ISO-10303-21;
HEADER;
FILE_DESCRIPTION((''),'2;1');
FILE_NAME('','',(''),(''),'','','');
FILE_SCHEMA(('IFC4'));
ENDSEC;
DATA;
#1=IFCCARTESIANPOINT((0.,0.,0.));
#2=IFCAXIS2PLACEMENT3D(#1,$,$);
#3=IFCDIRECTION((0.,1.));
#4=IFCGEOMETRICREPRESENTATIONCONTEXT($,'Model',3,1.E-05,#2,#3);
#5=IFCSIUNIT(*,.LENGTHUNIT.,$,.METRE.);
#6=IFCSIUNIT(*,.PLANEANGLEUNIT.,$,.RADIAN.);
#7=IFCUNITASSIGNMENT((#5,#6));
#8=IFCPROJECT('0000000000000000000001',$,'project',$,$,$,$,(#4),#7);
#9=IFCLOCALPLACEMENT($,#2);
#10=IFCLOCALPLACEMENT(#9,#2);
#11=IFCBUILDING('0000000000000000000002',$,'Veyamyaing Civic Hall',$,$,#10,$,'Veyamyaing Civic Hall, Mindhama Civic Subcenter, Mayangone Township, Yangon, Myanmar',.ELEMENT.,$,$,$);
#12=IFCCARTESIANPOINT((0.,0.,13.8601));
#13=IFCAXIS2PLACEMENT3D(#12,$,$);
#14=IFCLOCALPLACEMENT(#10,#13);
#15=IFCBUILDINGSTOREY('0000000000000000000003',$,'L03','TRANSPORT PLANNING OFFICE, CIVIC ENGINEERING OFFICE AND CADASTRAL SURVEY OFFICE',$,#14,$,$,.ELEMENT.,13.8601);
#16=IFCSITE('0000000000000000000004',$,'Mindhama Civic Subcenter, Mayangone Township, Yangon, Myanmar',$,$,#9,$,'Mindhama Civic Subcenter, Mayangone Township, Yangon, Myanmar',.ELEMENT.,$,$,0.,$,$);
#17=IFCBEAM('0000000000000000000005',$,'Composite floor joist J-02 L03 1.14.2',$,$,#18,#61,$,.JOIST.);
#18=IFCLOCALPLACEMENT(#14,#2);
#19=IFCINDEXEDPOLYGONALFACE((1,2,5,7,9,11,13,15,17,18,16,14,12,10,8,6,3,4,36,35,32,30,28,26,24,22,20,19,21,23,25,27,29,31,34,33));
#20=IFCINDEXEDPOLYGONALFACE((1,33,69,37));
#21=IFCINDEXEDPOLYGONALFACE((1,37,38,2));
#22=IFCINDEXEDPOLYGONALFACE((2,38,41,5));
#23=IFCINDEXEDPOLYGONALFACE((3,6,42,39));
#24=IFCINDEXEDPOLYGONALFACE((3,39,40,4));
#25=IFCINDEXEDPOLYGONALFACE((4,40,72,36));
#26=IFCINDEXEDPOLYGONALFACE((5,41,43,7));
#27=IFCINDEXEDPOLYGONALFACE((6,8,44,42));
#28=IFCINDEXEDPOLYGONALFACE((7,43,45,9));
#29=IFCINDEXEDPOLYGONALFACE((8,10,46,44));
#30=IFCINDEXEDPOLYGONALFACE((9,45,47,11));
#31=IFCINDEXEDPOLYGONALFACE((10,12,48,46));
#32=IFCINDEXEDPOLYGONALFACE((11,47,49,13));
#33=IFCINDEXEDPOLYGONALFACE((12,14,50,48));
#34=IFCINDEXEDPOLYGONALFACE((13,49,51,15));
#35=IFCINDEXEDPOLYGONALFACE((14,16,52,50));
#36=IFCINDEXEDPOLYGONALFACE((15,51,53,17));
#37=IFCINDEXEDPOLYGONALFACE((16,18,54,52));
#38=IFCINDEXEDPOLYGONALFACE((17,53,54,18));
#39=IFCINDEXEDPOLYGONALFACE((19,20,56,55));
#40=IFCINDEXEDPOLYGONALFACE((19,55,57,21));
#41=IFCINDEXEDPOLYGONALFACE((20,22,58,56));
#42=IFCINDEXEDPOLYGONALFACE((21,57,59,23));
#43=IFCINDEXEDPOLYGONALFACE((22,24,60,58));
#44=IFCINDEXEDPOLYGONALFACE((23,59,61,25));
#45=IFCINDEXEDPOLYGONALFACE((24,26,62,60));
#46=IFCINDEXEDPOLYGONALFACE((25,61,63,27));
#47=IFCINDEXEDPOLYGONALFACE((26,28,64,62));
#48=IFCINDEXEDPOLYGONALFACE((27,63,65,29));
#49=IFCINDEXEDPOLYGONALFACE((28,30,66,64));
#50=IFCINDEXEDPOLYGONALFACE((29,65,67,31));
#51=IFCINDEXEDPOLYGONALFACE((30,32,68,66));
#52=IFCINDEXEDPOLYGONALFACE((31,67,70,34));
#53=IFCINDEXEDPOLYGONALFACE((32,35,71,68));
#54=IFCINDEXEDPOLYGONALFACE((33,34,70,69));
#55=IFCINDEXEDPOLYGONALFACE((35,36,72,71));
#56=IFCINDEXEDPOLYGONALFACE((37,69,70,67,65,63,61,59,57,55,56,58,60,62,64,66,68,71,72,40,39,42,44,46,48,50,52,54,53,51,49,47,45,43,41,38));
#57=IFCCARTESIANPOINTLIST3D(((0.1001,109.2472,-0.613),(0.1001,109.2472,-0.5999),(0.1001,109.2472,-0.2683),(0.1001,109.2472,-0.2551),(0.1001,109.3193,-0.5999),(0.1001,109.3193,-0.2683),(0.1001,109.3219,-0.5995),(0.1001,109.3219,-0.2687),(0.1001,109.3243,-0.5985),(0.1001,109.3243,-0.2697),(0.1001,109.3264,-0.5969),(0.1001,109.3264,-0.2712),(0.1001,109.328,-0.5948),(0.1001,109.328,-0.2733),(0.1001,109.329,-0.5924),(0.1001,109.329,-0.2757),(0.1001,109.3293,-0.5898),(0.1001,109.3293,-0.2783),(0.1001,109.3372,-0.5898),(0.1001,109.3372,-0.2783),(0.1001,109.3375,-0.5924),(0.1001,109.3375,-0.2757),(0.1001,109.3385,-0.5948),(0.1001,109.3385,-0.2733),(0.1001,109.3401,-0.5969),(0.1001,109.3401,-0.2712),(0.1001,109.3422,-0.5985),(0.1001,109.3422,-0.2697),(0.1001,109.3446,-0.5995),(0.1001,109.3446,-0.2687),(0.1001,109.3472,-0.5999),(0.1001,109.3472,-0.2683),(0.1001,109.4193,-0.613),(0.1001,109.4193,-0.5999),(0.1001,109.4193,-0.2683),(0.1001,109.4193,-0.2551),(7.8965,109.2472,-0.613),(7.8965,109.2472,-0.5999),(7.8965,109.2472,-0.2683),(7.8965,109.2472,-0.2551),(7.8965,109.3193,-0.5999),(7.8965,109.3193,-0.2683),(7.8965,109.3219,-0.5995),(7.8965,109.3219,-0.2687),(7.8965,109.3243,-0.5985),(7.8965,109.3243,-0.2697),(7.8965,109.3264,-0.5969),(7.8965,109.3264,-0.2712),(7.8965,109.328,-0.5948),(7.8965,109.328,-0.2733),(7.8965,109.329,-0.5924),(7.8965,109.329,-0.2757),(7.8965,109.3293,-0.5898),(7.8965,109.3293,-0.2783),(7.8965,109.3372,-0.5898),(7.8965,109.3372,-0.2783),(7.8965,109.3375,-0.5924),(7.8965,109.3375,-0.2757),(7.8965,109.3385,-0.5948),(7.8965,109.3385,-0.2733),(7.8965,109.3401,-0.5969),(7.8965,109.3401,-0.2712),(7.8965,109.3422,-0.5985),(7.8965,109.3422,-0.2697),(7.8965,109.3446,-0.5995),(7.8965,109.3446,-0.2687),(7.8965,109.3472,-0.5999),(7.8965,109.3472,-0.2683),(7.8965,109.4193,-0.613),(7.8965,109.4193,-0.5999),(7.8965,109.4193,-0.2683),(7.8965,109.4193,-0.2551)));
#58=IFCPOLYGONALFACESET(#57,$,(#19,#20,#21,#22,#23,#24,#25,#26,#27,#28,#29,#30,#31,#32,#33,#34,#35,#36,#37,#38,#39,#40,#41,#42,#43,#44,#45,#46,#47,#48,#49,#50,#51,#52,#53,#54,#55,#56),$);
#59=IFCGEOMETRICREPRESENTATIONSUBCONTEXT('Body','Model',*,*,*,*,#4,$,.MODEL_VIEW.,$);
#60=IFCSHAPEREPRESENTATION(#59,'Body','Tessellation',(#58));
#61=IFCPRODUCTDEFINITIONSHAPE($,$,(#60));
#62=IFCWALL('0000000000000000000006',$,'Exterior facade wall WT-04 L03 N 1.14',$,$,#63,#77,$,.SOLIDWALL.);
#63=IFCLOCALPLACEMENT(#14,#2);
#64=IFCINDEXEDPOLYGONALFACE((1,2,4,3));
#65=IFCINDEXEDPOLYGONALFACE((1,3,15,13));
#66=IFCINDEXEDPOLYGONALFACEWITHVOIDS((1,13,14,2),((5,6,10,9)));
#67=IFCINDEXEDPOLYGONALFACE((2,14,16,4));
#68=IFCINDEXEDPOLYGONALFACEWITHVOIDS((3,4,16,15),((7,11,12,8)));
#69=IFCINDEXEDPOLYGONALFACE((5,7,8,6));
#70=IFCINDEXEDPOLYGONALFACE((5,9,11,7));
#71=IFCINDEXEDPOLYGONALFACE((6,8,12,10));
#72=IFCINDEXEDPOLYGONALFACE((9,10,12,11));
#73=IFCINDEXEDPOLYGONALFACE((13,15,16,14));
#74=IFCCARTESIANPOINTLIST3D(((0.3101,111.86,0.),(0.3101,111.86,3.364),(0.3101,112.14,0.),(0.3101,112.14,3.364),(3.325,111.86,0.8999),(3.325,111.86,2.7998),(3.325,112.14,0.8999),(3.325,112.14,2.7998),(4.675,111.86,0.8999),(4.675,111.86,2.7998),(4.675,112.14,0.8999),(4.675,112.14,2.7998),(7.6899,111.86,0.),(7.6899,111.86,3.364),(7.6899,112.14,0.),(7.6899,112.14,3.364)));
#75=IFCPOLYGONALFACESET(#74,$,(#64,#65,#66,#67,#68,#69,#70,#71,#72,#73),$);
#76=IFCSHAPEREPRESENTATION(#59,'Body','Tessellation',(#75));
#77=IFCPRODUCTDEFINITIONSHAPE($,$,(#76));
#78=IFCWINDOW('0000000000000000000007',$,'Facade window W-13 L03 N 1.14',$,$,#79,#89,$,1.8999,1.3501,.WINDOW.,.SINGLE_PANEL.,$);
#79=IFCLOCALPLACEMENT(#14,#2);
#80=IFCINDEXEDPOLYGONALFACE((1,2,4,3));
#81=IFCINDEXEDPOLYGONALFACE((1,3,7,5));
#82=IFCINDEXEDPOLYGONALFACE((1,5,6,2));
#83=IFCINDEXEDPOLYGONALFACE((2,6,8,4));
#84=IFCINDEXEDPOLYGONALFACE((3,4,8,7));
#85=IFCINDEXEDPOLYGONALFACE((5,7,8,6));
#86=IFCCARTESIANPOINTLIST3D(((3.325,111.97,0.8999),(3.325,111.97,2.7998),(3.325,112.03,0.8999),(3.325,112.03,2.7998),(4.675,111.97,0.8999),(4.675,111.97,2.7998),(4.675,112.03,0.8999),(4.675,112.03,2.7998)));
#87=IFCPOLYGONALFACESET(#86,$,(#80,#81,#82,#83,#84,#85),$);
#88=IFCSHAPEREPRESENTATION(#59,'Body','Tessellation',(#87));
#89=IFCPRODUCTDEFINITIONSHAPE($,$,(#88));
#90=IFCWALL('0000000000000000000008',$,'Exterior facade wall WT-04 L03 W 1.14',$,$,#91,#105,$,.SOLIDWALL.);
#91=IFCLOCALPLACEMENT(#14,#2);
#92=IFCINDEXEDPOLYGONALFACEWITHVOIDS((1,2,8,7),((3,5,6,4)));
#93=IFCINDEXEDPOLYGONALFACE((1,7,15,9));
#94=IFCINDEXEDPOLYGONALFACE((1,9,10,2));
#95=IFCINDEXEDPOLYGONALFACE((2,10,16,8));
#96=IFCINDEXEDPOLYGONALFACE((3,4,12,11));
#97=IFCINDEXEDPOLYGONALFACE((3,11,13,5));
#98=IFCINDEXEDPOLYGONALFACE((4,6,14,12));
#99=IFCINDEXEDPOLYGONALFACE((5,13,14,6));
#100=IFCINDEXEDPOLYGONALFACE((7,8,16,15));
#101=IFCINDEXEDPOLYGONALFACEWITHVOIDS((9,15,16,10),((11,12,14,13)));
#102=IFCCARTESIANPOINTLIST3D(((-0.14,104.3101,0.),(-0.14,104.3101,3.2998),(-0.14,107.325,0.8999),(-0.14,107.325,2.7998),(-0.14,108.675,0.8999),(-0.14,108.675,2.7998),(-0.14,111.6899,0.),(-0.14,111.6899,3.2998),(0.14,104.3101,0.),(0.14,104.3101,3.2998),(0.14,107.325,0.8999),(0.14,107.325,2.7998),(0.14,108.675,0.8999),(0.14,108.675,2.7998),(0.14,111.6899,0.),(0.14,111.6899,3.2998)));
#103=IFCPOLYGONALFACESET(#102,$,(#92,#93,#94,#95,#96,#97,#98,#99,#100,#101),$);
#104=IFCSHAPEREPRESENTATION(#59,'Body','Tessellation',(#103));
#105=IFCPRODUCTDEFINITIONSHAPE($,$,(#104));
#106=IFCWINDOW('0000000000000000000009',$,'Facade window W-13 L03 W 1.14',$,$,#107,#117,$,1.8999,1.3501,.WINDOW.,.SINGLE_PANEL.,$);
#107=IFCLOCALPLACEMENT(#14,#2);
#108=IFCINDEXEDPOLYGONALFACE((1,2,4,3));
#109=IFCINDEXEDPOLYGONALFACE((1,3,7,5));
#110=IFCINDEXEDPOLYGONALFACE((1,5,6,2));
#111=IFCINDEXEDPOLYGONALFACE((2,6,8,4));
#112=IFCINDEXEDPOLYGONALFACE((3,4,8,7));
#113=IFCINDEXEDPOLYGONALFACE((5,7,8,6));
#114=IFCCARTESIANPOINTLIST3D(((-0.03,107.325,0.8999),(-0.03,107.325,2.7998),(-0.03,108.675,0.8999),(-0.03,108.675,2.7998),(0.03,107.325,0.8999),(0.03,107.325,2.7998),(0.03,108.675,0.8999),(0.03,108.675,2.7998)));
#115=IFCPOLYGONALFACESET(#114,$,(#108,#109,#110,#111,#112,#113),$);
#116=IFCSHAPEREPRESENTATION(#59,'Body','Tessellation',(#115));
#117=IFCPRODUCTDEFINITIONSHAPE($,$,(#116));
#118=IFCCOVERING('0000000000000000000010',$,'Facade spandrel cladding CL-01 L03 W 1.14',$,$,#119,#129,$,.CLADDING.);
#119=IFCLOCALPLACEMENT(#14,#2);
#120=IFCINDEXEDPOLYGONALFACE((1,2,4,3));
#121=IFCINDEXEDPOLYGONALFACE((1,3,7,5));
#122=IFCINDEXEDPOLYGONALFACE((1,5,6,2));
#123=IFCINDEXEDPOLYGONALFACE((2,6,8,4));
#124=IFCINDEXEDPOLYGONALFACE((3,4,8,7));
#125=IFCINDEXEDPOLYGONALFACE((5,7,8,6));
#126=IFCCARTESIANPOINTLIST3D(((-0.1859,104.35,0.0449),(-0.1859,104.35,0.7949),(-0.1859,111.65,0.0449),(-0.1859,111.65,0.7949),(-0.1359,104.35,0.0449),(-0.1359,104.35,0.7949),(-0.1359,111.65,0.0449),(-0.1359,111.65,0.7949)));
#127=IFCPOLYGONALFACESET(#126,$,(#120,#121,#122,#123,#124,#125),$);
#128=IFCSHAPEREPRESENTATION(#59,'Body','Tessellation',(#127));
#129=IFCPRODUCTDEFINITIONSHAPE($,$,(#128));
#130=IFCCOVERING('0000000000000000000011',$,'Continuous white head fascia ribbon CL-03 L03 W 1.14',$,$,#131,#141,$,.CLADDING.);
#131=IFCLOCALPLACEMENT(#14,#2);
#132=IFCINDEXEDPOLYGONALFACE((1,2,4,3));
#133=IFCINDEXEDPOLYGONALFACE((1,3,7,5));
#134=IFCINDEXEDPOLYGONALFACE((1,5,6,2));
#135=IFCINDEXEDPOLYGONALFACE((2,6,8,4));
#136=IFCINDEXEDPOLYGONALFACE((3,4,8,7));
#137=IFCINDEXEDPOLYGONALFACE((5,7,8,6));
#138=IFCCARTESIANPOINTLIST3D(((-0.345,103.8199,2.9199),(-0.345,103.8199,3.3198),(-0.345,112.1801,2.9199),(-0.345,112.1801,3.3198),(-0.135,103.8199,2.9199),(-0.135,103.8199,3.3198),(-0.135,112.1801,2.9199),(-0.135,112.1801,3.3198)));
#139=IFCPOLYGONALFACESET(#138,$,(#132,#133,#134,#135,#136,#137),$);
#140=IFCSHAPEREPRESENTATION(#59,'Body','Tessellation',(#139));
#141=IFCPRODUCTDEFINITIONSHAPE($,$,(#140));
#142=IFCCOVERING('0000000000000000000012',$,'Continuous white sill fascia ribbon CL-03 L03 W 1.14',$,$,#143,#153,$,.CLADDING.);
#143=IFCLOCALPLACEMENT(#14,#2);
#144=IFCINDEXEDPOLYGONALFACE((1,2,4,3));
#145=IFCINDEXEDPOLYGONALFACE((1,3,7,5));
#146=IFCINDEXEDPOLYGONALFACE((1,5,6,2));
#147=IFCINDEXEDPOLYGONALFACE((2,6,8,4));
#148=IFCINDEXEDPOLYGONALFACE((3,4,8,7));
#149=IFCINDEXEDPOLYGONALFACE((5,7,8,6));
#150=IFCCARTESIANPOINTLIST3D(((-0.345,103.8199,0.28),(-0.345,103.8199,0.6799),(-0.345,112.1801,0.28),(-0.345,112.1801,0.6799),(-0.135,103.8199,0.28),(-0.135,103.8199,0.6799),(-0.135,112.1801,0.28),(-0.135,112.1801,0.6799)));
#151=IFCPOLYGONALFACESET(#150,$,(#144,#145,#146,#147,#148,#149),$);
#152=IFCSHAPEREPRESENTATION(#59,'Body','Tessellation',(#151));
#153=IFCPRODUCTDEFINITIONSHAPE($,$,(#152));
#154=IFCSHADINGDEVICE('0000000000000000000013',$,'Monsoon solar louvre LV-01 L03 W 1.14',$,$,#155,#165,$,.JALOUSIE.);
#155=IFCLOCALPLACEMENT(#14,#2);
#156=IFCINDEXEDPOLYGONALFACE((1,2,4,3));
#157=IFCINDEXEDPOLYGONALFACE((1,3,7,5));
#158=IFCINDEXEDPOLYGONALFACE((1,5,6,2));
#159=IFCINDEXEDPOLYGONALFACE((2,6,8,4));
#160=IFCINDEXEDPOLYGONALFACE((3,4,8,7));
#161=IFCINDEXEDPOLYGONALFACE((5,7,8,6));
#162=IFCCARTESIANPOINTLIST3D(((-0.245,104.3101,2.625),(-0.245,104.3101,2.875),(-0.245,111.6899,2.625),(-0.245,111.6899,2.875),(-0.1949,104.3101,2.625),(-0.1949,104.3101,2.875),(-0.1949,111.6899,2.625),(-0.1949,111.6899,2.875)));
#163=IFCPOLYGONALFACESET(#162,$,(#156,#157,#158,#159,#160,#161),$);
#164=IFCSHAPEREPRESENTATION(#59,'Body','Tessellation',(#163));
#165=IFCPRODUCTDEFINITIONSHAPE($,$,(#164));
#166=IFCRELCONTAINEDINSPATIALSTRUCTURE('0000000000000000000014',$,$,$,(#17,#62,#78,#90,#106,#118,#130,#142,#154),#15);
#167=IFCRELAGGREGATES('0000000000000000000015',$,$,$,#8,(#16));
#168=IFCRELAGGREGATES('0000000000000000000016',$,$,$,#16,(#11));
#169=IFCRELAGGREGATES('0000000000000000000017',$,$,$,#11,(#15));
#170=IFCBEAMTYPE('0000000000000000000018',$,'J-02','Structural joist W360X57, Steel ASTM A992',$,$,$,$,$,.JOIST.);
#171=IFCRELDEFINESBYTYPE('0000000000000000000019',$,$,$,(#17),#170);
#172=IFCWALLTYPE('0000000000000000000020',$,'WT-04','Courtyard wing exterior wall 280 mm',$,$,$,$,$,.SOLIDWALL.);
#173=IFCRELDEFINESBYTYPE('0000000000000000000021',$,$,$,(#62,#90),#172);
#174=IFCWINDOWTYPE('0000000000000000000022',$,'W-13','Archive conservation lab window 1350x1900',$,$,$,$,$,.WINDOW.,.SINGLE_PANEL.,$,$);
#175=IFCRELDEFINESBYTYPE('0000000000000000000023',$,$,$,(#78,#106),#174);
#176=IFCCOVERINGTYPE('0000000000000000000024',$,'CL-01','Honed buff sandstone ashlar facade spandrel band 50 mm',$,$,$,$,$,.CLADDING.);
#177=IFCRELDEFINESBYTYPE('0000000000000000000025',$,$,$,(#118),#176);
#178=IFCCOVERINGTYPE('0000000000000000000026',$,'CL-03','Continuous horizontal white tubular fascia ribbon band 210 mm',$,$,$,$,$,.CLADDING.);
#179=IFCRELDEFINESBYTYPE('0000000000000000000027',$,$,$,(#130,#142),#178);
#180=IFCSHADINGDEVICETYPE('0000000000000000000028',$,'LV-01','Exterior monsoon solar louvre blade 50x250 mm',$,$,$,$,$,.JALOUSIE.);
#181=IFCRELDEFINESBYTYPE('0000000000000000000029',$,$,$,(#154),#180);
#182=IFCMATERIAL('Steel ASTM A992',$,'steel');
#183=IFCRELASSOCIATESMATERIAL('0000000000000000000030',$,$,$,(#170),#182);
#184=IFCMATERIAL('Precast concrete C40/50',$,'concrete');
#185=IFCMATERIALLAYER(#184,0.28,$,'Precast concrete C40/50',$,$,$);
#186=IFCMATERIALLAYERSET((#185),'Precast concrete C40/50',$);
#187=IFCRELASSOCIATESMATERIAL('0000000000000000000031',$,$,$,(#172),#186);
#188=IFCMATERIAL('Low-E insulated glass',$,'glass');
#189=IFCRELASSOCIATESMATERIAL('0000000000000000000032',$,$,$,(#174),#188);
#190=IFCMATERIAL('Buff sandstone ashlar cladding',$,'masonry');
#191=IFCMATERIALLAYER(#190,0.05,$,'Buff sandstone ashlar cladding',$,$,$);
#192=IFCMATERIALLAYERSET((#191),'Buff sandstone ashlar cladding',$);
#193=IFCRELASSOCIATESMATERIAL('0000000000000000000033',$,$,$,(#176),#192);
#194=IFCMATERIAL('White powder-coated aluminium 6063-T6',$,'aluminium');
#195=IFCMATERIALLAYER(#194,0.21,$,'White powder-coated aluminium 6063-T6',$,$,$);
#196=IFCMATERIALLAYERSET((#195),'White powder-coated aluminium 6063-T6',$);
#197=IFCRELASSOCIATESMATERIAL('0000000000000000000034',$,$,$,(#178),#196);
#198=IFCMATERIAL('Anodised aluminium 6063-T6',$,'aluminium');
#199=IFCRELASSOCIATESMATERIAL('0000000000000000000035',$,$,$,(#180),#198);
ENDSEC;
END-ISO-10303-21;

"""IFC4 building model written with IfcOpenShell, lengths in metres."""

from ifc_helpers import new_model, si_unit, direction, frame, frame_2d, origin, origin_2d, place, context, subcontext, project, spatial, rectangle, i_section, extrude, material, layer, layer_set, material_profile, profile_set, type_object, element, fill, save


model = new_model("IFC4")

# Units and contexts
model_context = context("Model", 3, precision=1e-05, world=origin(), true_north=direction((0.0, 1.0)))
body_context = subcontext(model_context, "Body", "Model", "MODEL_VIEW")
ifc_project = project(units=[si_unit("LENGTHUNIT", "METRE"), si_unit("PLANEANGLEUNIT", "RADIAN")], contexts=[model_context])

# Site, building, storey
site_placement = place(None, origin())
site = spatial("IfcSite", under=ifc_project, at=site_placement, Name="Mindhama Civic Subcenter, Mayangone Township, Yangon, Myanmar", LongName="Mindhama Civic Subcenter, Mayangone Township, Yangon, Myanmar", CompositionType="ELEMENT", RefElevation=0.0)
building_placement = place(site_placement, origin())
building = spatial("IfcBuilding", under=site, at=building_placement, Name="Veyamyaing Civic Hall", LongName="Veyamyaing Civic Hall, Mindhama Civic Subcenter, Mayangone Township, Yangon, Myanmar", CompositionType="ELEMENT")
storey_placement = place(building_placement, frame((0.0, 0.0, 13.8601)))
storey = spatial("IfcBuildingStorey", under=building, at=storey_placement, Name="L03", Description="TRANSPORT PLANNING OFFICE, CIVIC ENGINEERING OFFICE AND CADASTRAL SURVEY OFFICE", CompositionType="ELEMENT", Elevation=13.8601)

# Beam
ifc_material_1 = material(Name="Steel ASTM A992", Category="steel")
ifc_material_profile_1 = material_profile(ifc_material_1, i_section(OverallWidth=0.1721, OverallDepth=0.3579, WebThickness=0.0078, FlangeThickness=0.0132, FilletRadius=0.01, at=origin_2d()), Name="W360X57")
ifc_profile_set_1 = profile_set([ifc_material_profile_1], Name="Steel ASTM A992")
beam_type_1 = type_object("IfcBeamType", Name="J-02", Description="Structural joist W360X57, Steel ASTM A992", PredefinedType="JOIST", material=ifc_profile_set_1)
for number, where, z_axis, x_axis, name in (
    (1, (0.1001, 109.3333, -0.4341), (1.0, 0.0, 0.0), (0.0, 1.0, 0.0), "Composite floor joist J-02 L03 1.14.2"),
):
    element("IfcBeam", number, at=place(storey_placement, frame(where, z_axis=z_axis, x_axis=x_axis)), inside=storey, type_object=beam_type_1, Name=name, PredefinedType="JOIST", context=body_context, shape_type="SweptSolid", body=[
        extrude(i_section(OverallWidth=0.1721, OverallDepth=0.3579, WebThickness=0.0078, FlangeThickness=0.0132, FilletRadius=0.01, at=origin_2d()), origin(), (0.0, 0.0, 1.0), 7.7964),
    ])

# Walls, openings, windows
ifc_material_2 = material(Name="Precast concrete C40/50", Category="concrete")
ifc_layer_1 = layer(ifc_material_2, 0.28, Name="Precast concrete C40/50")
ifc_layer_set_1 = layer_set([ifc_layer_1], Name="Precast concrete C40/50")
wall_type = type_object("IfcWallType", Name="WT-04", Description="Courtyard wing exterior wall 280 mm", PredefinedType="SOLIDWALL", material=ifc_layer_set_1)
wall_1_placement = place(storey_placement, frame((0.3101, 112.0, 0.0), z_axis=(0.0, 0.0, 1.0), x_axis=(1.0, 0.0, 0.0)))
wall_1 = element("IfcWall", 2, at=wall_1_placement, inside=storey, type_object=wall_type, Name="Exterior facade wall WT-04 L03 N 1.14", PredefinedType="SOLIDWALL", context=body_context, shape_type="SweptSolid", body=[
    extrude(rectangle(XDim=7.3799, YDim=0.28, at=frame_2d((3.6899, 0.0))), origin(), (0.0, 0.0, 1.0), 3.364),
])
opening_1_placement = place(wall_1_placement, frame((3.0149, 0.0, 0.8999)))
opening_1 = element("IfcOpeningElement", 3, at=opening_1_placement, cuts=wall_1, PredefinedType="OPENING", context=body_context, shape_type="SweptSolid", body=[
    extrude(rectangle(XDim=1.3501, YDim=1.8999, at=frame_2d((0.675, 0.95))), frame((0.0, 0.1499, 0.0), z_axis=(0.0, -1.0, 0.0), x_axis=(1.0, 0.0, 0.0)), (0.0, 0.0, 1.0), 0.3),
])
ifc_material_3 = material(Name="Low-E insulated glass", Category="glass")
window_type = type_object("IfcWindowType", Name="W-13", Description="Archive conservation lab window 1350x1900", PartitioningType="SINGLE_PANEL", PredefinedType="WINDOW", material=ifc_material_3)
window_1_placement = place(opening_1_placement, origin())
window_1 = element("IfcWindow", 4, at=window_1_placement, inside=storey, type_object=window_type, Name="Facade window W-13 L03 N 1.14", OverallHeight=1.8999, OverallWidth=1.3501, PartitioningType="SINGLE_PANEL", PredefinedType="WINDOW", context=body_context, shape_type="SweptSolid", body=[
    extrude(rectangle(XDim=1.3501, YDim=1.8999, at=frame_2d((0.675, 0.95))), frame((0.0, 0.03, 0.0), z_axis=(0.0, -1.0, 0.0), x_axis=(1.0, 0.0, 0.0)), (0.0, 0.0, 1.0), 0.0601),
])
fill(opening_1, window_1)
wall_2_placement = place(storey_placement, frame((0.0, 104.3101, 0.0), z_axis=(0.0, 0.0, 1.0), x_axis=(0.0, 1.0, 0.0)))
wall_2 = element("IfcWall", 5, at=wall_2_placement, inside=storey, type_object=wall_type, Name="Exterior facade wall WT-04 L03 W 1.14", PredefinedType="SOLIDWALL", context=body_context, shape_type="SweptSolid", body=[
    extrude(rectangle(XDim=7.3799, YDim=0.28, at=frame_2d((3.6899, 0.0))), origin(), (0.0, 0.0, 1.0), 3.2998),
])
opening_2_placement = place(wall_2_placement, frame((3.0149, 0.0, 0.8999)))
opening_2 = element("IfcOpeningElement", 6, at=opening_2_placement, cuts=wall_2, PredefinedType="OPENING", context=body_context, shape_type="SweptSolid", body=[
    extrude(rectangle(XDim=1.3501, YDim=1.8999, at=frame_2d((0.675, 0.95))), frame((0.0, 0.1499, 0.0), z_axis=(0.0, -1.0, 0.0), x_axis=(1.0, 0.0, 0.0)), (0.0, 0.0, 1.0), 0.3),
])
window_2_placement = place(opening_2_placement, origin())
window_2 = element("IfcWindow", 7, at=window_2_placement, inside=storey, type_object=window_type, Name="Facade window W-13 L03 W 1.14", OverallHeight=1.8999, OverallWidth=1.3501, PartitioningType="SINGLE_PANEL", PredefinedType="WINDOW", context=body_context, shape_type="SweptSolid", body=[
    extrude(rectangle(XDim=1.3501, YDim=1.8999, at=frame_2d((0.675, 0.95))), frame((0.0, 0.03, 0.0), z_axis=(0.0, -1.0, 0.0), x_axis=(1.0, 0.0, 0.0)), (0.0, 0.0, 1.0), 0.0601),
])
fill(opening_2, window_2)

# Coverings
ifc_material_4 = material(Name="Buff sandstone ashlar cladding", Category="masonry")
ifc_layer_2 = layer(ifc_material_4, 0.05, Name="Buff sandstone ashlar cladding")
ifc_layer_set_2 = layer_set([ifc_layer_2], Name="Buff sandstone ashlar cladding")
covering_type_1 = type_object("IfcCoveringType", Name="CL-01", Description="Honed buff sandstone ashlar facade spandrel band 50 mm", PredefinedType="CLADDING", material=ifc_layer_set_2)
covering_placement = place(storey_placement, frame((-0.1609, 108.0, 0.0449), z_axis=(0.0, 0.0, 1.0), x_axis=(0.0, 1.0, 0.0)))
element("IfcCovering", 8, at=covering_placement, inside=storey, type_object=covering_type_1, Name="Facade spandrel cladding CL-01 L03 W 1.14", PredefinedType="CLADDING", context=body_context, shape_type="SweptSolid", body=[
    extrude(rectangle(XDim=7.3, YDim=0.05, at=origin_2d()), origin(), (0.0, 0.0, 1.0), 0.75),
])
ifc_material_5 = material(Name="White powder-coated aluminium 6063-T6", Category="aluminium")
ifc_layer_3 = layer(ifc_material_5, 0.21, Name="White powder-coated aluminium 6063-T6")
ifc_layer_set_3 = layer_set([ifc_layer_3], Name="White powder-coated aluminium 6063-T6")
covering_type_2 = type_object("IfcCoveringType", Name="CL-03", Description="Continuous horizontal white tubular fascia ribbon band 210 mm", PredefinedType="CLADDING", material=ifc_layer_set_3)
for number, where, z_axis, x_axis, name in (
    (9, (-0.24, 108.0, 2.9199), (0.0, 0.0, 1.0), (0.0, 1.0, 0.0), "Continuous white head fascia ribbon CL-03 L03 W 1.14"),
    (10, (-0.24, 108.0, 0.28), (0.0, 0.0, 1.0), (0.0, 1.0, 0.0), "Continuous white sill fascia ribbon CL-03 L03 W 1.14"),
):
    element("IfcCovering", number, at=place(storey_placement, frame(where, z_axis=z_axis, x_axis=x_axis)), inside=storey, type_object=covering_type_2, Name=name, PredefinedType="CLADDING", context=body_context, shape_type="SweptSolid", body=[
        extrude(rectangle(XDim=8.3601, YDim=0.21, at=origin_2d()), origin(), (0.0, 0.0, 1.0), 0.3999),
    ])

# Shading device
ifc_material_6 = material(Name="Anodised aluminium 6063-T6", Category="aluminium")
ifc_material_profile_2 = material_profile(ifc_material_6, rectangle(XDim=0.05, YDim=0.25, at=origin_2d()), Name="LOUVRE-BLADE-50X250")
ifc_profile_set_2 = profile_set([ifc_material_profile_2], Name="Anodised aluminium 6063-T6")
shading_device_type_1 = type_object("IfcShadingDeviceType", Name="LV-01", Description="Exterior monsoon solar louvre blade 50x250 mm", PredefinedType="JALOUSIE", material=ifc_profile_set_2)
shading_device_placement = place(storey_placement, frame((-0.22, 104.3101, 2.75), z_axis=(0.0, 1.0, 0.0), x_axis=(-1.0, 0.0, 0.0)))
element("IfcShadingDevice", 11, at=shading_device_placement, inside=storey, type_object=shading_device_type_1, Name="Monsoon solar louvre LV-01 L03 W 1.14", PredefinedType="JALOUSIE", context=body_context, shape_type="SweptSolid", body=[
    extrude(rectangle(XDim=0.05, YDim=0.25, at=origin_2d()), origin(), (0.0, 0.0, 1.0), 7.3799),
])

save(model, "model.ifc")
